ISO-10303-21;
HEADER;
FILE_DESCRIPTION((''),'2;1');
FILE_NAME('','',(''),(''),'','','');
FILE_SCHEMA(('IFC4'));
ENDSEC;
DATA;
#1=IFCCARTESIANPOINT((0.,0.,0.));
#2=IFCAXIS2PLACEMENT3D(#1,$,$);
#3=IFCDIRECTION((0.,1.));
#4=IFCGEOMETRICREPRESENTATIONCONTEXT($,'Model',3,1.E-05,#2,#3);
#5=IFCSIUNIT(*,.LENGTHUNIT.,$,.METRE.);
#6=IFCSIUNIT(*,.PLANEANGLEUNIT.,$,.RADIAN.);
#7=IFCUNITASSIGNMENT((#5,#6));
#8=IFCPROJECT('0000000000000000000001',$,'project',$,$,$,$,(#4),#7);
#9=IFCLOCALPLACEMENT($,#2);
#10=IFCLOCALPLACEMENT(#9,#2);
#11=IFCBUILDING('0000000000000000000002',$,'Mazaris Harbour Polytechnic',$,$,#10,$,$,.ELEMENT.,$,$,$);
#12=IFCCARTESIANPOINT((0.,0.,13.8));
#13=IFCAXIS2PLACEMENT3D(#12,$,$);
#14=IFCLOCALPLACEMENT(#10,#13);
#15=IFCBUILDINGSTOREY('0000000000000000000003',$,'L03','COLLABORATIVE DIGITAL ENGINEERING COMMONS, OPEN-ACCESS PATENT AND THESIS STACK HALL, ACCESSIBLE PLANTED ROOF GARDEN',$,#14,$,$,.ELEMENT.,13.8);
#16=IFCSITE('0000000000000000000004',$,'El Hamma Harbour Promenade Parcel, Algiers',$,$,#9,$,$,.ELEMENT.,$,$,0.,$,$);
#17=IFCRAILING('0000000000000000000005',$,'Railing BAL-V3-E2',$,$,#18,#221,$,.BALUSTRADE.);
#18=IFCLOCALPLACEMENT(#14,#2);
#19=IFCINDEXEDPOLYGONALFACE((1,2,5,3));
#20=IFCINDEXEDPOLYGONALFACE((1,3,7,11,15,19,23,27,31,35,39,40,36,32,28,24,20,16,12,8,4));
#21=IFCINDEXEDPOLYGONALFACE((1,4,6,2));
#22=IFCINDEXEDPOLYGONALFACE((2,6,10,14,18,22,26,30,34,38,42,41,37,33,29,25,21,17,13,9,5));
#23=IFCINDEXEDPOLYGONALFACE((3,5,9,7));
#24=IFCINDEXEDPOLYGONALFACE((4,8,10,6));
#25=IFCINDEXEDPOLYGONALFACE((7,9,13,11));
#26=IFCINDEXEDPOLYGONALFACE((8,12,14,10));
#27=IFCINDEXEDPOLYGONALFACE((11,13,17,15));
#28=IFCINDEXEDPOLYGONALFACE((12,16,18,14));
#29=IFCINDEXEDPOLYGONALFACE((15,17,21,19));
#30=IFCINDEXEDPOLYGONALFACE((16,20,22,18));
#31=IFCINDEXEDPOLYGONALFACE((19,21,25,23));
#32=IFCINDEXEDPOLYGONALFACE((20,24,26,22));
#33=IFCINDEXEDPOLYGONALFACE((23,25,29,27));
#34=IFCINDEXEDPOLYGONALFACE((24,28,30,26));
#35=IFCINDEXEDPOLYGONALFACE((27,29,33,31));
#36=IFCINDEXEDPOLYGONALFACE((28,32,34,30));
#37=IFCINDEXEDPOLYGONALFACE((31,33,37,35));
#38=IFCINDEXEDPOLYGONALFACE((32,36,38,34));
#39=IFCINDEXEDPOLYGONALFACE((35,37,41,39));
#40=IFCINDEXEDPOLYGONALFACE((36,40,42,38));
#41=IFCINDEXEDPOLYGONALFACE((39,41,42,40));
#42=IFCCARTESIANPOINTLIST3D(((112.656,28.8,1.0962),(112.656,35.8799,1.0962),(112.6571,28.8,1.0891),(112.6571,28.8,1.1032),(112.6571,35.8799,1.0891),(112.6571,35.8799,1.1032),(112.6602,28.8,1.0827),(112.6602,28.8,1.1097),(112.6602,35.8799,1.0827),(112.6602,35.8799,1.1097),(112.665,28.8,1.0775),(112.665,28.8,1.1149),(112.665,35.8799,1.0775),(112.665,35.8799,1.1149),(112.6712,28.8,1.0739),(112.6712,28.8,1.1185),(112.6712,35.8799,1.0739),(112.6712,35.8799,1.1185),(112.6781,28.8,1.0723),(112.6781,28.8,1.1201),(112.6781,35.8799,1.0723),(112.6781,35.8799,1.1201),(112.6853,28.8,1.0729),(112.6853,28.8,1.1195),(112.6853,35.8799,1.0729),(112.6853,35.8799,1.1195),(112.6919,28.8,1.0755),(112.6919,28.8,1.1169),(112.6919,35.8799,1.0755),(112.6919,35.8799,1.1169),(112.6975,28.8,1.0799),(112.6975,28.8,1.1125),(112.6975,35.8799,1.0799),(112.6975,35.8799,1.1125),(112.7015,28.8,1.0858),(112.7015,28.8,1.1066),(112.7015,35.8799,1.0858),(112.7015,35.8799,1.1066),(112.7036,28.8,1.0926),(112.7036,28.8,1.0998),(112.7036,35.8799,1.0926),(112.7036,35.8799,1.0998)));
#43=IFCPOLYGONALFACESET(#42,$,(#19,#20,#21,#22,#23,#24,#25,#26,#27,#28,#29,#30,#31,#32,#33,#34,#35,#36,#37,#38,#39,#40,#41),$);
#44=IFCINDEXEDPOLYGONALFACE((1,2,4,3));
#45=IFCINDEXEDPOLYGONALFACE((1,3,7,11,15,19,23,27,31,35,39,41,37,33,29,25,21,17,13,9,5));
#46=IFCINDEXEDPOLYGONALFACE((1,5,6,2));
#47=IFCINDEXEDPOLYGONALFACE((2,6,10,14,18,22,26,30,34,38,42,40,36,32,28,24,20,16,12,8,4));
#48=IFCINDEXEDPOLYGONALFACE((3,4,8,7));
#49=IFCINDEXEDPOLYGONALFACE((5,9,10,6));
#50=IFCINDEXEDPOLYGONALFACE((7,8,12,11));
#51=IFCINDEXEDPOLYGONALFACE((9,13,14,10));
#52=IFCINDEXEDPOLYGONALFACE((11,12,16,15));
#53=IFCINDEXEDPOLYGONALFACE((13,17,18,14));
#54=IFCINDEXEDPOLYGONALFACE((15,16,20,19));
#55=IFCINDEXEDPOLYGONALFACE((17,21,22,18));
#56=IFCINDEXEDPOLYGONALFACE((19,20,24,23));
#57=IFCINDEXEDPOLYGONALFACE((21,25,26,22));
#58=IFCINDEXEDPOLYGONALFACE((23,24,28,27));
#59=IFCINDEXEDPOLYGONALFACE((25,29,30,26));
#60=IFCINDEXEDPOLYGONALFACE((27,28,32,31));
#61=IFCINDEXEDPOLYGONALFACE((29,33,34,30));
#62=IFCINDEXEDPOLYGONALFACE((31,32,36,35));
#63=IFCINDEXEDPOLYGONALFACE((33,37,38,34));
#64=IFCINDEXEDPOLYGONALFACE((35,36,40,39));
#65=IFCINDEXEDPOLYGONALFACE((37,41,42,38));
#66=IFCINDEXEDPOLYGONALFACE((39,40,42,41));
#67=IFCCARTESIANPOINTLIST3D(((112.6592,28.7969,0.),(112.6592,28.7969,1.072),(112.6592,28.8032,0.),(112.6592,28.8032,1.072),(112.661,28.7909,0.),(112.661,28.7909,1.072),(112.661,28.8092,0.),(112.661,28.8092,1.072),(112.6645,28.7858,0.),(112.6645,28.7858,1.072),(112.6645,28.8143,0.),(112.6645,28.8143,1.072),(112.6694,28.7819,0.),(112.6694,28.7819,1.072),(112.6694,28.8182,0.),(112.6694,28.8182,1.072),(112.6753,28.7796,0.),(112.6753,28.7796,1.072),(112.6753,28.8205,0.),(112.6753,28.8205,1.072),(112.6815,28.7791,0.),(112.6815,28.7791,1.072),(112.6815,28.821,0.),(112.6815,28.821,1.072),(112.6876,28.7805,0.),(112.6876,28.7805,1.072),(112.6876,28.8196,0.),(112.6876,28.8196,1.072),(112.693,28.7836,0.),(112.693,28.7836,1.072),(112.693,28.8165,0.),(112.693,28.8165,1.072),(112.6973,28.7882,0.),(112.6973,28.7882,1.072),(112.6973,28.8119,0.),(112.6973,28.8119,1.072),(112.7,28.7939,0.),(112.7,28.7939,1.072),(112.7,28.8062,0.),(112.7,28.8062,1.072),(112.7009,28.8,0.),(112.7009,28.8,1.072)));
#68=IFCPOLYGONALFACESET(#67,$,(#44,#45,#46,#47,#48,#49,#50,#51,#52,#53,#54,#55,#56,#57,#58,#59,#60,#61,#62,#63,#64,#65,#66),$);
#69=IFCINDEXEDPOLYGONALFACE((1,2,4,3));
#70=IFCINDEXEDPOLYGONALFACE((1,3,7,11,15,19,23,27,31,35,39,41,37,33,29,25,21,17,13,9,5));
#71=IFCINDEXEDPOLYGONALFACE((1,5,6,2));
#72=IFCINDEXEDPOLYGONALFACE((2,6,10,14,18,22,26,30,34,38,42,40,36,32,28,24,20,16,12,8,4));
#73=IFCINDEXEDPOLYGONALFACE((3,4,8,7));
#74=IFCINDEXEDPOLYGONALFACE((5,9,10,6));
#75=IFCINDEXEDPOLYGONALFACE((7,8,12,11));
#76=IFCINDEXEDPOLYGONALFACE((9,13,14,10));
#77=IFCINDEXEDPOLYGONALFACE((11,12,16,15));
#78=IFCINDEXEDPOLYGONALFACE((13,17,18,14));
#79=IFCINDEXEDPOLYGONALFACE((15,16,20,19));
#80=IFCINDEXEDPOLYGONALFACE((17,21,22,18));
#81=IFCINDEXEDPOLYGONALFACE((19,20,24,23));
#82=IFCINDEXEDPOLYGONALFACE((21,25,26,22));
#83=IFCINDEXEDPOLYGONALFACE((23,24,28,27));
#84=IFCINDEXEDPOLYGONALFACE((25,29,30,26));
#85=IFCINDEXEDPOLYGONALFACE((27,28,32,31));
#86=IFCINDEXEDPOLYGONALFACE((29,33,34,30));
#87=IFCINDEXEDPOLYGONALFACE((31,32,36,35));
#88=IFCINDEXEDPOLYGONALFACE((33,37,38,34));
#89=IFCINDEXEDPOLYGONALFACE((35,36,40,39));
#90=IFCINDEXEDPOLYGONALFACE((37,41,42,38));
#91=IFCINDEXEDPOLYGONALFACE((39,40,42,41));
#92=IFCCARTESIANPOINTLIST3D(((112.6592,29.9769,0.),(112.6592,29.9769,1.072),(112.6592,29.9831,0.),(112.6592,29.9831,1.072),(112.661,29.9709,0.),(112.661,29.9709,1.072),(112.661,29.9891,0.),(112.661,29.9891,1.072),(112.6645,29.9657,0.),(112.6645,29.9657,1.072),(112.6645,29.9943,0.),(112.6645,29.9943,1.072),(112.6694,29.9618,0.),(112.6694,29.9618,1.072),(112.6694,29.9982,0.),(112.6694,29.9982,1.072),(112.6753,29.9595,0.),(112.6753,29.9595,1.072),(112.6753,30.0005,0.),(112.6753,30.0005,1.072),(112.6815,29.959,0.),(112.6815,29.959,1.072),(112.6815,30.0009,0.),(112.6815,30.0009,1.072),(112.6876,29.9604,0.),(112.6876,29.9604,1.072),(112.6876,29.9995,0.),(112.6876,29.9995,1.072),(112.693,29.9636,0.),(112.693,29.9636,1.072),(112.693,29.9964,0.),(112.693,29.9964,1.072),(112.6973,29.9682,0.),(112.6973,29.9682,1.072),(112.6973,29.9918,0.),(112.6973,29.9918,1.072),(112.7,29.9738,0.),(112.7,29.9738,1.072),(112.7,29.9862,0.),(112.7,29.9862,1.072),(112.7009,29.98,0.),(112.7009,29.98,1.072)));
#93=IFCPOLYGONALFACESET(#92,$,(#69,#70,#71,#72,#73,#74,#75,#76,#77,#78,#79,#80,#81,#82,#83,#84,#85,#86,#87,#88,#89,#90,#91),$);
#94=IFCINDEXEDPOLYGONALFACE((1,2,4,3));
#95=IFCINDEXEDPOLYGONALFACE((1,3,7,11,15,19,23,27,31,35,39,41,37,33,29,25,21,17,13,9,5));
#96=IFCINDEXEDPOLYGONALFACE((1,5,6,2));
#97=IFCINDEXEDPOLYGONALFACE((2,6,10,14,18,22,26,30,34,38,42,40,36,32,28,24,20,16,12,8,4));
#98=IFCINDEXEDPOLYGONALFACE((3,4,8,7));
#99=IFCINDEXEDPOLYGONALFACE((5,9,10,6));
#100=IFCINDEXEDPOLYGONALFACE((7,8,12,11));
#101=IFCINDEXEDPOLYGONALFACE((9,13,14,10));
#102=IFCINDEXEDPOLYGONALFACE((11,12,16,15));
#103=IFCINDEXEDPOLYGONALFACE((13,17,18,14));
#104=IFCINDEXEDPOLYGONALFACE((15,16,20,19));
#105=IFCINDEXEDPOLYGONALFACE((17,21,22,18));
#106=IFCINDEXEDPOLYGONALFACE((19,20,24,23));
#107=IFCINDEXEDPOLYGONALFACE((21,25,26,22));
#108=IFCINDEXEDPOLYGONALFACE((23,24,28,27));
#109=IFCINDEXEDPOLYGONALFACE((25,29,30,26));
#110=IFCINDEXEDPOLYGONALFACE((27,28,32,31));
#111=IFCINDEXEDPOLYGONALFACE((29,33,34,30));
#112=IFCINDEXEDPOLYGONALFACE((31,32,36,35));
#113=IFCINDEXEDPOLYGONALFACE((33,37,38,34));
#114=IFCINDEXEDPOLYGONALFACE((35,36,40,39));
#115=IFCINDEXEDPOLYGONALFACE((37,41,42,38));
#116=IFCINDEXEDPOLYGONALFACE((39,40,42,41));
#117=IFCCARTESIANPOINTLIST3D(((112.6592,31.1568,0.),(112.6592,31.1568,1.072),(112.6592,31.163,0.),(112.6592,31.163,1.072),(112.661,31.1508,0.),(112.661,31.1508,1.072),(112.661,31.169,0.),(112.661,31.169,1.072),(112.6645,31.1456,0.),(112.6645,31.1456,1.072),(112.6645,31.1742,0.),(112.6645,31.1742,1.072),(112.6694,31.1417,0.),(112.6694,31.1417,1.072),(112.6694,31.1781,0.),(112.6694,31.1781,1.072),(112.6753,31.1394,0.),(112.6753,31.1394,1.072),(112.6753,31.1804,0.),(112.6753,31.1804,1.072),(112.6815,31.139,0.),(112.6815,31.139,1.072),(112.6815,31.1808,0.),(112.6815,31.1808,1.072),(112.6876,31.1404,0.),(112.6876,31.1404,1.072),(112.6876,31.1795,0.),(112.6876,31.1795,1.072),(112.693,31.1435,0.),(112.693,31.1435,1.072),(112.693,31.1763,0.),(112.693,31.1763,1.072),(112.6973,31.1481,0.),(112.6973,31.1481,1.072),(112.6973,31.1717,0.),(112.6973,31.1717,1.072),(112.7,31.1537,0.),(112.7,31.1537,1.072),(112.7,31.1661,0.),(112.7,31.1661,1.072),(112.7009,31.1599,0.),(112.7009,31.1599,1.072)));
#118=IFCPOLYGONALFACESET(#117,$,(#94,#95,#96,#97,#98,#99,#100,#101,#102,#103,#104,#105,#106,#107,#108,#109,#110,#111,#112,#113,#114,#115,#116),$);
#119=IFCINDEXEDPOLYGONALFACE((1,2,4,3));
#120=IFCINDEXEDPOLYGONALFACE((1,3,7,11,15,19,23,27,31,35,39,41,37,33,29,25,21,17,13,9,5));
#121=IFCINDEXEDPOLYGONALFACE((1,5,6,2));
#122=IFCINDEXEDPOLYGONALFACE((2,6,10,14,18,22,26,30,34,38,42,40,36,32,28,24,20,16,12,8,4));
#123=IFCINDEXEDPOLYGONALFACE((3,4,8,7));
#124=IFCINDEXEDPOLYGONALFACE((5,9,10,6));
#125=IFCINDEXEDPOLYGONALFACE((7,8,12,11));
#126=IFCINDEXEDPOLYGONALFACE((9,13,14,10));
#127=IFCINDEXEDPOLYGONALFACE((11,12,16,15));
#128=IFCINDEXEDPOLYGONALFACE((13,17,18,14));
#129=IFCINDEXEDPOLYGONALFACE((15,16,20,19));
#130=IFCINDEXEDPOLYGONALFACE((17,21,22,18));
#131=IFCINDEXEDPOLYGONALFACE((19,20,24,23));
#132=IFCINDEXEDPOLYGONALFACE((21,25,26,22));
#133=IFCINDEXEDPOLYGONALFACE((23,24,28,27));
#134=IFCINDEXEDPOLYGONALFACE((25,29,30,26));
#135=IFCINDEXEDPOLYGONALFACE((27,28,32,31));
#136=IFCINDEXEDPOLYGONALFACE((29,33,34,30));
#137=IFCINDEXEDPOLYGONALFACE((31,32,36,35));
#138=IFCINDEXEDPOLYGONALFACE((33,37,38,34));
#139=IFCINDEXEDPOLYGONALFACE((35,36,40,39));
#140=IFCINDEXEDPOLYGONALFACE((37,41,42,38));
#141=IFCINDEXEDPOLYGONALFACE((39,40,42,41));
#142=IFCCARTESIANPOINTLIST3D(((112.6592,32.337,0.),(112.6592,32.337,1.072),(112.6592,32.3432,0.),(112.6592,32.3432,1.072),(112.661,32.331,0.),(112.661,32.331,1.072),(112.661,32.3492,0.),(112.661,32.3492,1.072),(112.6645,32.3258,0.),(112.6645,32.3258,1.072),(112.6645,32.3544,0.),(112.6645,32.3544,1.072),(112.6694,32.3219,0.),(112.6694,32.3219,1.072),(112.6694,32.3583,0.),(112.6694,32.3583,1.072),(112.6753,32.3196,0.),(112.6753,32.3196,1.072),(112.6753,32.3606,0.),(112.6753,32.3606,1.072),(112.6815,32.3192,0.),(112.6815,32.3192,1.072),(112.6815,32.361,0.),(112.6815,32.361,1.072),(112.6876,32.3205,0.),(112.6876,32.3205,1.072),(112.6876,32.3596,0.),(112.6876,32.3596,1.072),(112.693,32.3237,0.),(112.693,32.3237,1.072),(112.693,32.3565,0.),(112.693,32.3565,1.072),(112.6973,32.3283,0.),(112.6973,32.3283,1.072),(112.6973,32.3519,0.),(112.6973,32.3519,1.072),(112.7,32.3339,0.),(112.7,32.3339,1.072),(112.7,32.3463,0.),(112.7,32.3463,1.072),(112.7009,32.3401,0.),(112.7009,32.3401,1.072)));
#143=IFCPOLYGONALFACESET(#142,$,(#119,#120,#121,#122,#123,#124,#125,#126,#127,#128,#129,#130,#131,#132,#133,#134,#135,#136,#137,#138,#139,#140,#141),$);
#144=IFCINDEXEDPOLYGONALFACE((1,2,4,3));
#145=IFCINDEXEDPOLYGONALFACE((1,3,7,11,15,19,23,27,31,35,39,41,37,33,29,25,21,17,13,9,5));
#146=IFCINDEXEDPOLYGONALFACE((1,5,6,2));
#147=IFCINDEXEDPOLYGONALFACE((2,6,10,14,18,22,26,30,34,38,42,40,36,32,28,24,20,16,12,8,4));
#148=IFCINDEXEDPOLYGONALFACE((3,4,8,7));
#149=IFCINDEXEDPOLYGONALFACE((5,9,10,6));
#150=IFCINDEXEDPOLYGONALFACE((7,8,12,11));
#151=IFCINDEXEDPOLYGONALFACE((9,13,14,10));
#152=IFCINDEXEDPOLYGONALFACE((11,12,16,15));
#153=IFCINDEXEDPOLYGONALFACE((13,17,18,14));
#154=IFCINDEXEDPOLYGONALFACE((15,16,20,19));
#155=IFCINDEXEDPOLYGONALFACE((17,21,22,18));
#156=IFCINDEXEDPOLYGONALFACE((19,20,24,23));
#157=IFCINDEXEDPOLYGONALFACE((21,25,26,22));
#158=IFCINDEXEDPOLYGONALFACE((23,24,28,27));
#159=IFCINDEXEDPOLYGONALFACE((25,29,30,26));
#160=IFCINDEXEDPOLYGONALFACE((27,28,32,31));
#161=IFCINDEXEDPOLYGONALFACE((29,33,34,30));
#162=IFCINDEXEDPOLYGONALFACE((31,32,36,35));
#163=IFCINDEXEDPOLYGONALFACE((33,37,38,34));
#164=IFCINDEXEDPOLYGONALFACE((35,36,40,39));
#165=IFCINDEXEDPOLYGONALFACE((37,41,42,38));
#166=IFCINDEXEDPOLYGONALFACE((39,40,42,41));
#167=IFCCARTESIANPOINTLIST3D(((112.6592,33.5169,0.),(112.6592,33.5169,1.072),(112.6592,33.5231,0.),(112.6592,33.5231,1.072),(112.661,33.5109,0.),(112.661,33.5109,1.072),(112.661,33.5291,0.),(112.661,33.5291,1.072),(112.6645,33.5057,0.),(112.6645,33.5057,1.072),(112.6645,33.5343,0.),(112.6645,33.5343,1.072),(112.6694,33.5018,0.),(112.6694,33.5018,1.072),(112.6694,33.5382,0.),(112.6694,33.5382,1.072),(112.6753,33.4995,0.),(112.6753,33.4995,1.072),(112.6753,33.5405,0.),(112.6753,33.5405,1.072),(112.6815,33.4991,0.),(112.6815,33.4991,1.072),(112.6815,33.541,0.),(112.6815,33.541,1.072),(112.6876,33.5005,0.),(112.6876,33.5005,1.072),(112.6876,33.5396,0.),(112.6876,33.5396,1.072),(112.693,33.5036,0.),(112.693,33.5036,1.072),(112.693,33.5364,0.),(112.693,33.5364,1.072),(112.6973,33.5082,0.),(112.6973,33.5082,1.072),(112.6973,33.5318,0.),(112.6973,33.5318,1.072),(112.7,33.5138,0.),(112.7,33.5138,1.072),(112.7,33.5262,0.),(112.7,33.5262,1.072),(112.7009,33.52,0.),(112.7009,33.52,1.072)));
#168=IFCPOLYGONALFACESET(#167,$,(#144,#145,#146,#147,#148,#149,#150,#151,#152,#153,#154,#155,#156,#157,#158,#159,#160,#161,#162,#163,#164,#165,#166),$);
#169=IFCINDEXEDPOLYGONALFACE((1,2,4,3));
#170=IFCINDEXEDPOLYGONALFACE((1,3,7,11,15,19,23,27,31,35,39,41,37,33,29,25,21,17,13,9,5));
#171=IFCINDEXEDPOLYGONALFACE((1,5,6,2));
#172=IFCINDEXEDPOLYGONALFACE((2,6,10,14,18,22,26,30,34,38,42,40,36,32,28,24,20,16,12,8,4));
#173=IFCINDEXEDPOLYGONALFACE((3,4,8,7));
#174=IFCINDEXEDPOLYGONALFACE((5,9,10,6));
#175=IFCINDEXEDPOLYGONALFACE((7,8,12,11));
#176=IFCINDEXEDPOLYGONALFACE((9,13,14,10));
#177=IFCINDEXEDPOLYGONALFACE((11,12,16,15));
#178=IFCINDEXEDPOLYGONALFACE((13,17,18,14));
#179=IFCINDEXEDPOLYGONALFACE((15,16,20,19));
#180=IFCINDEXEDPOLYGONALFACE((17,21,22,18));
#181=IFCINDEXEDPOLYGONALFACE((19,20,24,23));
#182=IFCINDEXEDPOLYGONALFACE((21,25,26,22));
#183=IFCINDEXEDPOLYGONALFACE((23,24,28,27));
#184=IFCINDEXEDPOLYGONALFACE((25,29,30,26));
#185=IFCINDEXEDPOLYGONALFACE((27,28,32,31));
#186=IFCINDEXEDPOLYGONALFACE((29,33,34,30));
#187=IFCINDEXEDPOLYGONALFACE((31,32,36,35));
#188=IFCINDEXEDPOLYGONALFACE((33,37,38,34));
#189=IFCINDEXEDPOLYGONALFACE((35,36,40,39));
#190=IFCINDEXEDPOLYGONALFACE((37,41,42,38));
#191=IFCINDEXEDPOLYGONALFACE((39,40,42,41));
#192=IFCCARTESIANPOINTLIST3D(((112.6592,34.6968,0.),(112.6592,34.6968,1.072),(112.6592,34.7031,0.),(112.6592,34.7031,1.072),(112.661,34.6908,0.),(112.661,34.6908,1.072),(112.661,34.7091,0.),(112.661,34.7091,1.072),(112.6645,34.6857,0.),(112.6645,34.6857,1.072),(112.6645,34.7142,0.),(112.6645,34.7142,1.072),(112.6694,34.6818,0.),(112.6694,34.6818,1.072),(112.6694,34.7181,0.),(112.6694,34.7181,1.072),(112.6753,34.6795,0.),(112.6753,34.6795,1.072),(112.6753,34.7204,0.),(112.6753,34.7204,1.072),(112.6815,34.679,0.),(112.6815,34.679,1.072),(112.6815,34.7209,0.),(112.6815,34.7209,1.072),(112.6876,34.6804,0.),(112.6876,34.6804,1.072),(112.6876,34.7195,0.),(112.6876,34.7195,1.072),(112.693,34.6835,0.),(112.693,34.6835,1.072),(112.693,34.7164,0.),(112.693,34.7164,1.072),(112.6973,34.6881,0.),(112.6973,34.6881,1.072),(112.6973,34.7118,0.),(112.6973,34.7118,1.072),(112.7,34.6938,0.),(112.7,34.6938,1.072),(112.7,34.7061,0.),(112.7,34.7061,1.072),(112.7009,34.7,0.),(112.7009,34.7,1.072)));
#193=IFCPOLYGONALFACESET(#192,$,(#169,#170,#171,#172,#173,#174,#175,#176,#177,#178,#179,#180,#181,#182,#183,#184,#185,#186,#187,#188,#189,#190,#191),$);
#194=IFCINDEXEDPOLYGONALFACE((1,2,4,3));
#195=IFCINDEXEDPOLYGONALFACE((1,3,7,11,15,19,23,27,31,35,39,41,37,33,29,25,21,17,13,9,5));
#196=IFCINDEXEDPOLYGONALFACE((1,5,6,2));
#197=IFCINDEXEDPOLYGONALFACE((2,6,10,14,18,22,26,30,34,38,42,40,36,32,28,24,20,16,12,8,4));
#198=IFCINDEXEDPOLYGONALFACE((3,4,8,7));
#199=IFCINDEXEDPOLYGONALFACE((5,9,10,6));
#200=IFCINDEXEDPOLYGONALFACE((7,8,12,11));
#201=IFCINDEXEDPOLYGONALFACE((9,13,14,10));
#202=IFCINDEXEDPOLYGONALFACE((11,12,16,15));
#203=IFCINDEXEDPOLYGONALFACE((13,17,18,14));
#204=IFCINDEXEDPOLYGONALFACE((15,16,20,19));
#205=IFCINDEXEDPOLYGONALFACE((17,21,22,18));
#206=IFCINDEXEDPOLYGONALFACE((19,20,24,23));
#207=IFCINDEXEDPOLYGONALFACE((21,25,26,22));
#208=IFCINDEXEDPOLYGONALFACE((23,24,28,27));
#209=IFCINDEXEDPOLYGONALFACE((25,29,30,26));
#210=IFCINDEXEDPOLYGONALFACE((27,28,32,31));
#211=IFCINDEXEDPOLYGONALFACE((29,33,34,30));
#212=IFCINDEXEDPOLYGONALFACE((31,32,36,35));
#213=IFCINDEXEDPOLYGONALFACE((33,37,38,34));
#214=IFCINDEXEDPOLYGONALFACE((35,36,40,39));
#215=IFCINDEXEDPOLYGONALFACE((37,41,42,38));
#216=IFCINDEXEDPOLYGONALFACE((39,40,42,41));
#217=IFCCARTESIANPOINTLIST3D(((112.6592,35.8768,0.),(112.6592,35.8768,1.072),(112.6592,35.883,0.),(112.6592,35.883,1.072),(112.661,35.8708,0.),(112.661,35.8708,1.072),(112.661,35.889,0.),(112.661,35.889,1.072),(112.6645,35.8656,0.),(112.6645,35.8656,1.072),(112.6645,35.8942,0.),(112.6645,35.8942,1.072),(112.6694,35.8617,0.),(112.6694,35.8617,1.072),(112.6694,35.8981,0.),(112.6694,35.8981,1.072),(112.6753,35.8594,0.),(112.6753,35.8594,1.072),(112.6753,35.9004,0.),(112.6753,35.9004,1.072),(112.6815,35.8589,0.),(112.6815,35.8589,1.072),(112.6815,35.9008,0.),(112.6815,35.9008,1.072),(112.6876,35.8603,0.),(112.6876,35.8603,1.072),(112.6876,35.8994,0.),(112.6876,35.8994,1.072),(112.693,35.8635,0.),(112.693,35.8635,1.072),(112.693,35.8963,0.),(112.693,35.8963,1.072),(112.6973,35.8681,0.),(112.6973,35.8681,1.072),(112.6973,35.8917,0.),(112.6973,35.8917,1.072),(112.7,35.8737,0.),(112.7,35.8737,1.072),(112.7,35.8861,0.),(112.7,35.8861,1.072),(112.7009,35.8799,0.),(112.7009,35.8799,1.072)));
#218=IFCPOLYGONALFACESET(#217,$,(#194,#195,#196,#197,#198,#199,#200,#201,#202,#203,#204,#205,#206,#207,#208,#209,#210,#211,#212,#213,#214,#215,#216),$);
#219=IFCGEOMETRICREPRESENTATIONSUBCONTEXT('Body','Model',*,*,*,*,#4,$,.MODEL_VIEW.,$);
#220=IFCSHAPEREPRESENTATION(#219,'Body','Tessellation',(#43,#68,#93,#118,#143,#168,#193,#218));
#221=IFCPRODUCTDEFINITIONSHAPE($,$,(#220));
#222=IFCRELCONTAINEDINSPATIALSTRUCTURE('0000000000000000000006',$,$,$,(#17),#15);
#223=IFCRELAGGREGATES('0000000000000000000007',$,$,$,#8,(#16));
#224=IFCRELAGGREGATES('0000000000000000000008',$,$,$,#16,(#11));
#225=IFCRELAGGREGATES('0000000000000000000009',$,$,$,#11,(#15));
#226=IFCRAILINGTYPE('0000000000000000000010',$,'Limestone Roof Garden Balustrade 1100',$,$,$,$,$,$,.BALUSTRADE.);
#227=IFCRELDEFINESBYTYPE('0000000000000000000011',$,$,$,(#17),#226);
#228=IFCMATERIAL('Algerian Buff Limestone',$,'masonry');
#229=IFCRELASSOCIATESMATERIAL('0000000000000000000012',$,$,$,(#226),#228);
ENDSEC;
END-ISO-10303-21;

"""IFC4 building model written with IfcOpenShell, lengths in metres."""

from ifc_helpers import new_model, si_unit, direction, frame, origin, origin_2d, place, context, subcontext, project, spatial, circle, extrude, material, type_object, element, save


model = new_model("IFC4")

# Units and contexts
model_context = context("Model", 3, precision=1e-05, world=origin(), true_north=direction((0.0, 1.0)))
body_context = subcontext(model_context, "Body", "Model", "MODEL_VIEW")
ifc_project = project(units=[si_unit("LENGTHUNIT", "METRE"), si_unit("PLANEANGLEUNIT", "RADIAN")], contexts=[model_context])

# Site, building, storey
site_placement = place(None, origin())
site = spatial("IfcSite", under=ifc_project, at=site_placement, Name="El Hamma Harbour Promenade Parcel, Algiers", CompositionType="ELEMENT", RefElevation=0.0)
building_placement = place(site_placement, origin())
building = spatial("IfcBuilding", under=site, at=building_placement, Name="Mazaris Harbour Polytechnic", CompositionType="ELEMENT")
storey_placement = place(building_placement, frame((0.0, 0.0, 13.8)))
storey = spatial("IfcBuildingStorey", under=building, at=storey_placement, Name="L03", Description="COLLABORATIVE DIGITAL ENGINEERING COMMONS, OPEN-ACCESS PATENT AND THESIS STACK HALL, ACCESSIBLE PLANTED ROOF GARDEN", CompositionType="ELEMENT", Elevation=13.8)

# Railing
ifc_material_1 = material(Name="Algerian Buff Limestone", Category="masonry")
railing_type_1 = type_object("IfcRailingType", Name="Limestone Roof Garden Balustrade 1100", PredefinedType="BALUSTRADE", material=ifc_material_1)
railing_1_placement = place(storey_placement, frame((112.6799, 28.8, 0.0)))
element("IfcRailing", 1, at=railing_1_placement, inside=storey, type_object=railing_type_1, Name="Railing BAL-V3-E2", PredefinedType="BALUSTRADE", context=body_context, shape_type="SweptSolid", body=[
    extrude(circle(Radius=0.0239, at=origin_2d()), frame((0.0, 0.0, 1.0962), z_axis=(0.0, 1.0, 0.0), x_axis=(-1.0, 0.0, 0.0)), (0.0, 0.0, 1.0), 7.0798),
    extrude(circle(Radius=0.021, at=origin_2d()), origin(), (0.0, 0.0, 1.0), 1.072),
    extrude(circle(Radius=0.021, at=origin_2d()), frame((0.0, 1.1799, 0.0)), (0.0, 0.0, 1.0), 1.072),
    extrude(circle(Radius=0.021, at=origin_2d()), frame((0.0, 2.3599, 0.0)), (0.0, 0.0, 1.0), 1.072),
    extrude(circle(Radius=0.021, at=origin_2d()), frame((0.0, 3.54, 0.0)), (0.0, 0.0, 1.0), 1.072),
    extrude(circle(Radius=0.021, at=origin_2d()), frame((0.0, 4.72, 0.0)), (0.0, 0.0, 1.0), 1.072),
    extrude(circle(Radius=0.021, at=origin_2d()), frame((0.0, 5.8999, 0.0)), (0.0, 0.0, 1.0), 1.072),
    extrude(circle(Radius=0.021, at=origin_2d()), frame((0.0, 7.0798, 0.0)), (0.0, 0.0, 1.0), 1.072),
])

save(model, "model.ifc")
